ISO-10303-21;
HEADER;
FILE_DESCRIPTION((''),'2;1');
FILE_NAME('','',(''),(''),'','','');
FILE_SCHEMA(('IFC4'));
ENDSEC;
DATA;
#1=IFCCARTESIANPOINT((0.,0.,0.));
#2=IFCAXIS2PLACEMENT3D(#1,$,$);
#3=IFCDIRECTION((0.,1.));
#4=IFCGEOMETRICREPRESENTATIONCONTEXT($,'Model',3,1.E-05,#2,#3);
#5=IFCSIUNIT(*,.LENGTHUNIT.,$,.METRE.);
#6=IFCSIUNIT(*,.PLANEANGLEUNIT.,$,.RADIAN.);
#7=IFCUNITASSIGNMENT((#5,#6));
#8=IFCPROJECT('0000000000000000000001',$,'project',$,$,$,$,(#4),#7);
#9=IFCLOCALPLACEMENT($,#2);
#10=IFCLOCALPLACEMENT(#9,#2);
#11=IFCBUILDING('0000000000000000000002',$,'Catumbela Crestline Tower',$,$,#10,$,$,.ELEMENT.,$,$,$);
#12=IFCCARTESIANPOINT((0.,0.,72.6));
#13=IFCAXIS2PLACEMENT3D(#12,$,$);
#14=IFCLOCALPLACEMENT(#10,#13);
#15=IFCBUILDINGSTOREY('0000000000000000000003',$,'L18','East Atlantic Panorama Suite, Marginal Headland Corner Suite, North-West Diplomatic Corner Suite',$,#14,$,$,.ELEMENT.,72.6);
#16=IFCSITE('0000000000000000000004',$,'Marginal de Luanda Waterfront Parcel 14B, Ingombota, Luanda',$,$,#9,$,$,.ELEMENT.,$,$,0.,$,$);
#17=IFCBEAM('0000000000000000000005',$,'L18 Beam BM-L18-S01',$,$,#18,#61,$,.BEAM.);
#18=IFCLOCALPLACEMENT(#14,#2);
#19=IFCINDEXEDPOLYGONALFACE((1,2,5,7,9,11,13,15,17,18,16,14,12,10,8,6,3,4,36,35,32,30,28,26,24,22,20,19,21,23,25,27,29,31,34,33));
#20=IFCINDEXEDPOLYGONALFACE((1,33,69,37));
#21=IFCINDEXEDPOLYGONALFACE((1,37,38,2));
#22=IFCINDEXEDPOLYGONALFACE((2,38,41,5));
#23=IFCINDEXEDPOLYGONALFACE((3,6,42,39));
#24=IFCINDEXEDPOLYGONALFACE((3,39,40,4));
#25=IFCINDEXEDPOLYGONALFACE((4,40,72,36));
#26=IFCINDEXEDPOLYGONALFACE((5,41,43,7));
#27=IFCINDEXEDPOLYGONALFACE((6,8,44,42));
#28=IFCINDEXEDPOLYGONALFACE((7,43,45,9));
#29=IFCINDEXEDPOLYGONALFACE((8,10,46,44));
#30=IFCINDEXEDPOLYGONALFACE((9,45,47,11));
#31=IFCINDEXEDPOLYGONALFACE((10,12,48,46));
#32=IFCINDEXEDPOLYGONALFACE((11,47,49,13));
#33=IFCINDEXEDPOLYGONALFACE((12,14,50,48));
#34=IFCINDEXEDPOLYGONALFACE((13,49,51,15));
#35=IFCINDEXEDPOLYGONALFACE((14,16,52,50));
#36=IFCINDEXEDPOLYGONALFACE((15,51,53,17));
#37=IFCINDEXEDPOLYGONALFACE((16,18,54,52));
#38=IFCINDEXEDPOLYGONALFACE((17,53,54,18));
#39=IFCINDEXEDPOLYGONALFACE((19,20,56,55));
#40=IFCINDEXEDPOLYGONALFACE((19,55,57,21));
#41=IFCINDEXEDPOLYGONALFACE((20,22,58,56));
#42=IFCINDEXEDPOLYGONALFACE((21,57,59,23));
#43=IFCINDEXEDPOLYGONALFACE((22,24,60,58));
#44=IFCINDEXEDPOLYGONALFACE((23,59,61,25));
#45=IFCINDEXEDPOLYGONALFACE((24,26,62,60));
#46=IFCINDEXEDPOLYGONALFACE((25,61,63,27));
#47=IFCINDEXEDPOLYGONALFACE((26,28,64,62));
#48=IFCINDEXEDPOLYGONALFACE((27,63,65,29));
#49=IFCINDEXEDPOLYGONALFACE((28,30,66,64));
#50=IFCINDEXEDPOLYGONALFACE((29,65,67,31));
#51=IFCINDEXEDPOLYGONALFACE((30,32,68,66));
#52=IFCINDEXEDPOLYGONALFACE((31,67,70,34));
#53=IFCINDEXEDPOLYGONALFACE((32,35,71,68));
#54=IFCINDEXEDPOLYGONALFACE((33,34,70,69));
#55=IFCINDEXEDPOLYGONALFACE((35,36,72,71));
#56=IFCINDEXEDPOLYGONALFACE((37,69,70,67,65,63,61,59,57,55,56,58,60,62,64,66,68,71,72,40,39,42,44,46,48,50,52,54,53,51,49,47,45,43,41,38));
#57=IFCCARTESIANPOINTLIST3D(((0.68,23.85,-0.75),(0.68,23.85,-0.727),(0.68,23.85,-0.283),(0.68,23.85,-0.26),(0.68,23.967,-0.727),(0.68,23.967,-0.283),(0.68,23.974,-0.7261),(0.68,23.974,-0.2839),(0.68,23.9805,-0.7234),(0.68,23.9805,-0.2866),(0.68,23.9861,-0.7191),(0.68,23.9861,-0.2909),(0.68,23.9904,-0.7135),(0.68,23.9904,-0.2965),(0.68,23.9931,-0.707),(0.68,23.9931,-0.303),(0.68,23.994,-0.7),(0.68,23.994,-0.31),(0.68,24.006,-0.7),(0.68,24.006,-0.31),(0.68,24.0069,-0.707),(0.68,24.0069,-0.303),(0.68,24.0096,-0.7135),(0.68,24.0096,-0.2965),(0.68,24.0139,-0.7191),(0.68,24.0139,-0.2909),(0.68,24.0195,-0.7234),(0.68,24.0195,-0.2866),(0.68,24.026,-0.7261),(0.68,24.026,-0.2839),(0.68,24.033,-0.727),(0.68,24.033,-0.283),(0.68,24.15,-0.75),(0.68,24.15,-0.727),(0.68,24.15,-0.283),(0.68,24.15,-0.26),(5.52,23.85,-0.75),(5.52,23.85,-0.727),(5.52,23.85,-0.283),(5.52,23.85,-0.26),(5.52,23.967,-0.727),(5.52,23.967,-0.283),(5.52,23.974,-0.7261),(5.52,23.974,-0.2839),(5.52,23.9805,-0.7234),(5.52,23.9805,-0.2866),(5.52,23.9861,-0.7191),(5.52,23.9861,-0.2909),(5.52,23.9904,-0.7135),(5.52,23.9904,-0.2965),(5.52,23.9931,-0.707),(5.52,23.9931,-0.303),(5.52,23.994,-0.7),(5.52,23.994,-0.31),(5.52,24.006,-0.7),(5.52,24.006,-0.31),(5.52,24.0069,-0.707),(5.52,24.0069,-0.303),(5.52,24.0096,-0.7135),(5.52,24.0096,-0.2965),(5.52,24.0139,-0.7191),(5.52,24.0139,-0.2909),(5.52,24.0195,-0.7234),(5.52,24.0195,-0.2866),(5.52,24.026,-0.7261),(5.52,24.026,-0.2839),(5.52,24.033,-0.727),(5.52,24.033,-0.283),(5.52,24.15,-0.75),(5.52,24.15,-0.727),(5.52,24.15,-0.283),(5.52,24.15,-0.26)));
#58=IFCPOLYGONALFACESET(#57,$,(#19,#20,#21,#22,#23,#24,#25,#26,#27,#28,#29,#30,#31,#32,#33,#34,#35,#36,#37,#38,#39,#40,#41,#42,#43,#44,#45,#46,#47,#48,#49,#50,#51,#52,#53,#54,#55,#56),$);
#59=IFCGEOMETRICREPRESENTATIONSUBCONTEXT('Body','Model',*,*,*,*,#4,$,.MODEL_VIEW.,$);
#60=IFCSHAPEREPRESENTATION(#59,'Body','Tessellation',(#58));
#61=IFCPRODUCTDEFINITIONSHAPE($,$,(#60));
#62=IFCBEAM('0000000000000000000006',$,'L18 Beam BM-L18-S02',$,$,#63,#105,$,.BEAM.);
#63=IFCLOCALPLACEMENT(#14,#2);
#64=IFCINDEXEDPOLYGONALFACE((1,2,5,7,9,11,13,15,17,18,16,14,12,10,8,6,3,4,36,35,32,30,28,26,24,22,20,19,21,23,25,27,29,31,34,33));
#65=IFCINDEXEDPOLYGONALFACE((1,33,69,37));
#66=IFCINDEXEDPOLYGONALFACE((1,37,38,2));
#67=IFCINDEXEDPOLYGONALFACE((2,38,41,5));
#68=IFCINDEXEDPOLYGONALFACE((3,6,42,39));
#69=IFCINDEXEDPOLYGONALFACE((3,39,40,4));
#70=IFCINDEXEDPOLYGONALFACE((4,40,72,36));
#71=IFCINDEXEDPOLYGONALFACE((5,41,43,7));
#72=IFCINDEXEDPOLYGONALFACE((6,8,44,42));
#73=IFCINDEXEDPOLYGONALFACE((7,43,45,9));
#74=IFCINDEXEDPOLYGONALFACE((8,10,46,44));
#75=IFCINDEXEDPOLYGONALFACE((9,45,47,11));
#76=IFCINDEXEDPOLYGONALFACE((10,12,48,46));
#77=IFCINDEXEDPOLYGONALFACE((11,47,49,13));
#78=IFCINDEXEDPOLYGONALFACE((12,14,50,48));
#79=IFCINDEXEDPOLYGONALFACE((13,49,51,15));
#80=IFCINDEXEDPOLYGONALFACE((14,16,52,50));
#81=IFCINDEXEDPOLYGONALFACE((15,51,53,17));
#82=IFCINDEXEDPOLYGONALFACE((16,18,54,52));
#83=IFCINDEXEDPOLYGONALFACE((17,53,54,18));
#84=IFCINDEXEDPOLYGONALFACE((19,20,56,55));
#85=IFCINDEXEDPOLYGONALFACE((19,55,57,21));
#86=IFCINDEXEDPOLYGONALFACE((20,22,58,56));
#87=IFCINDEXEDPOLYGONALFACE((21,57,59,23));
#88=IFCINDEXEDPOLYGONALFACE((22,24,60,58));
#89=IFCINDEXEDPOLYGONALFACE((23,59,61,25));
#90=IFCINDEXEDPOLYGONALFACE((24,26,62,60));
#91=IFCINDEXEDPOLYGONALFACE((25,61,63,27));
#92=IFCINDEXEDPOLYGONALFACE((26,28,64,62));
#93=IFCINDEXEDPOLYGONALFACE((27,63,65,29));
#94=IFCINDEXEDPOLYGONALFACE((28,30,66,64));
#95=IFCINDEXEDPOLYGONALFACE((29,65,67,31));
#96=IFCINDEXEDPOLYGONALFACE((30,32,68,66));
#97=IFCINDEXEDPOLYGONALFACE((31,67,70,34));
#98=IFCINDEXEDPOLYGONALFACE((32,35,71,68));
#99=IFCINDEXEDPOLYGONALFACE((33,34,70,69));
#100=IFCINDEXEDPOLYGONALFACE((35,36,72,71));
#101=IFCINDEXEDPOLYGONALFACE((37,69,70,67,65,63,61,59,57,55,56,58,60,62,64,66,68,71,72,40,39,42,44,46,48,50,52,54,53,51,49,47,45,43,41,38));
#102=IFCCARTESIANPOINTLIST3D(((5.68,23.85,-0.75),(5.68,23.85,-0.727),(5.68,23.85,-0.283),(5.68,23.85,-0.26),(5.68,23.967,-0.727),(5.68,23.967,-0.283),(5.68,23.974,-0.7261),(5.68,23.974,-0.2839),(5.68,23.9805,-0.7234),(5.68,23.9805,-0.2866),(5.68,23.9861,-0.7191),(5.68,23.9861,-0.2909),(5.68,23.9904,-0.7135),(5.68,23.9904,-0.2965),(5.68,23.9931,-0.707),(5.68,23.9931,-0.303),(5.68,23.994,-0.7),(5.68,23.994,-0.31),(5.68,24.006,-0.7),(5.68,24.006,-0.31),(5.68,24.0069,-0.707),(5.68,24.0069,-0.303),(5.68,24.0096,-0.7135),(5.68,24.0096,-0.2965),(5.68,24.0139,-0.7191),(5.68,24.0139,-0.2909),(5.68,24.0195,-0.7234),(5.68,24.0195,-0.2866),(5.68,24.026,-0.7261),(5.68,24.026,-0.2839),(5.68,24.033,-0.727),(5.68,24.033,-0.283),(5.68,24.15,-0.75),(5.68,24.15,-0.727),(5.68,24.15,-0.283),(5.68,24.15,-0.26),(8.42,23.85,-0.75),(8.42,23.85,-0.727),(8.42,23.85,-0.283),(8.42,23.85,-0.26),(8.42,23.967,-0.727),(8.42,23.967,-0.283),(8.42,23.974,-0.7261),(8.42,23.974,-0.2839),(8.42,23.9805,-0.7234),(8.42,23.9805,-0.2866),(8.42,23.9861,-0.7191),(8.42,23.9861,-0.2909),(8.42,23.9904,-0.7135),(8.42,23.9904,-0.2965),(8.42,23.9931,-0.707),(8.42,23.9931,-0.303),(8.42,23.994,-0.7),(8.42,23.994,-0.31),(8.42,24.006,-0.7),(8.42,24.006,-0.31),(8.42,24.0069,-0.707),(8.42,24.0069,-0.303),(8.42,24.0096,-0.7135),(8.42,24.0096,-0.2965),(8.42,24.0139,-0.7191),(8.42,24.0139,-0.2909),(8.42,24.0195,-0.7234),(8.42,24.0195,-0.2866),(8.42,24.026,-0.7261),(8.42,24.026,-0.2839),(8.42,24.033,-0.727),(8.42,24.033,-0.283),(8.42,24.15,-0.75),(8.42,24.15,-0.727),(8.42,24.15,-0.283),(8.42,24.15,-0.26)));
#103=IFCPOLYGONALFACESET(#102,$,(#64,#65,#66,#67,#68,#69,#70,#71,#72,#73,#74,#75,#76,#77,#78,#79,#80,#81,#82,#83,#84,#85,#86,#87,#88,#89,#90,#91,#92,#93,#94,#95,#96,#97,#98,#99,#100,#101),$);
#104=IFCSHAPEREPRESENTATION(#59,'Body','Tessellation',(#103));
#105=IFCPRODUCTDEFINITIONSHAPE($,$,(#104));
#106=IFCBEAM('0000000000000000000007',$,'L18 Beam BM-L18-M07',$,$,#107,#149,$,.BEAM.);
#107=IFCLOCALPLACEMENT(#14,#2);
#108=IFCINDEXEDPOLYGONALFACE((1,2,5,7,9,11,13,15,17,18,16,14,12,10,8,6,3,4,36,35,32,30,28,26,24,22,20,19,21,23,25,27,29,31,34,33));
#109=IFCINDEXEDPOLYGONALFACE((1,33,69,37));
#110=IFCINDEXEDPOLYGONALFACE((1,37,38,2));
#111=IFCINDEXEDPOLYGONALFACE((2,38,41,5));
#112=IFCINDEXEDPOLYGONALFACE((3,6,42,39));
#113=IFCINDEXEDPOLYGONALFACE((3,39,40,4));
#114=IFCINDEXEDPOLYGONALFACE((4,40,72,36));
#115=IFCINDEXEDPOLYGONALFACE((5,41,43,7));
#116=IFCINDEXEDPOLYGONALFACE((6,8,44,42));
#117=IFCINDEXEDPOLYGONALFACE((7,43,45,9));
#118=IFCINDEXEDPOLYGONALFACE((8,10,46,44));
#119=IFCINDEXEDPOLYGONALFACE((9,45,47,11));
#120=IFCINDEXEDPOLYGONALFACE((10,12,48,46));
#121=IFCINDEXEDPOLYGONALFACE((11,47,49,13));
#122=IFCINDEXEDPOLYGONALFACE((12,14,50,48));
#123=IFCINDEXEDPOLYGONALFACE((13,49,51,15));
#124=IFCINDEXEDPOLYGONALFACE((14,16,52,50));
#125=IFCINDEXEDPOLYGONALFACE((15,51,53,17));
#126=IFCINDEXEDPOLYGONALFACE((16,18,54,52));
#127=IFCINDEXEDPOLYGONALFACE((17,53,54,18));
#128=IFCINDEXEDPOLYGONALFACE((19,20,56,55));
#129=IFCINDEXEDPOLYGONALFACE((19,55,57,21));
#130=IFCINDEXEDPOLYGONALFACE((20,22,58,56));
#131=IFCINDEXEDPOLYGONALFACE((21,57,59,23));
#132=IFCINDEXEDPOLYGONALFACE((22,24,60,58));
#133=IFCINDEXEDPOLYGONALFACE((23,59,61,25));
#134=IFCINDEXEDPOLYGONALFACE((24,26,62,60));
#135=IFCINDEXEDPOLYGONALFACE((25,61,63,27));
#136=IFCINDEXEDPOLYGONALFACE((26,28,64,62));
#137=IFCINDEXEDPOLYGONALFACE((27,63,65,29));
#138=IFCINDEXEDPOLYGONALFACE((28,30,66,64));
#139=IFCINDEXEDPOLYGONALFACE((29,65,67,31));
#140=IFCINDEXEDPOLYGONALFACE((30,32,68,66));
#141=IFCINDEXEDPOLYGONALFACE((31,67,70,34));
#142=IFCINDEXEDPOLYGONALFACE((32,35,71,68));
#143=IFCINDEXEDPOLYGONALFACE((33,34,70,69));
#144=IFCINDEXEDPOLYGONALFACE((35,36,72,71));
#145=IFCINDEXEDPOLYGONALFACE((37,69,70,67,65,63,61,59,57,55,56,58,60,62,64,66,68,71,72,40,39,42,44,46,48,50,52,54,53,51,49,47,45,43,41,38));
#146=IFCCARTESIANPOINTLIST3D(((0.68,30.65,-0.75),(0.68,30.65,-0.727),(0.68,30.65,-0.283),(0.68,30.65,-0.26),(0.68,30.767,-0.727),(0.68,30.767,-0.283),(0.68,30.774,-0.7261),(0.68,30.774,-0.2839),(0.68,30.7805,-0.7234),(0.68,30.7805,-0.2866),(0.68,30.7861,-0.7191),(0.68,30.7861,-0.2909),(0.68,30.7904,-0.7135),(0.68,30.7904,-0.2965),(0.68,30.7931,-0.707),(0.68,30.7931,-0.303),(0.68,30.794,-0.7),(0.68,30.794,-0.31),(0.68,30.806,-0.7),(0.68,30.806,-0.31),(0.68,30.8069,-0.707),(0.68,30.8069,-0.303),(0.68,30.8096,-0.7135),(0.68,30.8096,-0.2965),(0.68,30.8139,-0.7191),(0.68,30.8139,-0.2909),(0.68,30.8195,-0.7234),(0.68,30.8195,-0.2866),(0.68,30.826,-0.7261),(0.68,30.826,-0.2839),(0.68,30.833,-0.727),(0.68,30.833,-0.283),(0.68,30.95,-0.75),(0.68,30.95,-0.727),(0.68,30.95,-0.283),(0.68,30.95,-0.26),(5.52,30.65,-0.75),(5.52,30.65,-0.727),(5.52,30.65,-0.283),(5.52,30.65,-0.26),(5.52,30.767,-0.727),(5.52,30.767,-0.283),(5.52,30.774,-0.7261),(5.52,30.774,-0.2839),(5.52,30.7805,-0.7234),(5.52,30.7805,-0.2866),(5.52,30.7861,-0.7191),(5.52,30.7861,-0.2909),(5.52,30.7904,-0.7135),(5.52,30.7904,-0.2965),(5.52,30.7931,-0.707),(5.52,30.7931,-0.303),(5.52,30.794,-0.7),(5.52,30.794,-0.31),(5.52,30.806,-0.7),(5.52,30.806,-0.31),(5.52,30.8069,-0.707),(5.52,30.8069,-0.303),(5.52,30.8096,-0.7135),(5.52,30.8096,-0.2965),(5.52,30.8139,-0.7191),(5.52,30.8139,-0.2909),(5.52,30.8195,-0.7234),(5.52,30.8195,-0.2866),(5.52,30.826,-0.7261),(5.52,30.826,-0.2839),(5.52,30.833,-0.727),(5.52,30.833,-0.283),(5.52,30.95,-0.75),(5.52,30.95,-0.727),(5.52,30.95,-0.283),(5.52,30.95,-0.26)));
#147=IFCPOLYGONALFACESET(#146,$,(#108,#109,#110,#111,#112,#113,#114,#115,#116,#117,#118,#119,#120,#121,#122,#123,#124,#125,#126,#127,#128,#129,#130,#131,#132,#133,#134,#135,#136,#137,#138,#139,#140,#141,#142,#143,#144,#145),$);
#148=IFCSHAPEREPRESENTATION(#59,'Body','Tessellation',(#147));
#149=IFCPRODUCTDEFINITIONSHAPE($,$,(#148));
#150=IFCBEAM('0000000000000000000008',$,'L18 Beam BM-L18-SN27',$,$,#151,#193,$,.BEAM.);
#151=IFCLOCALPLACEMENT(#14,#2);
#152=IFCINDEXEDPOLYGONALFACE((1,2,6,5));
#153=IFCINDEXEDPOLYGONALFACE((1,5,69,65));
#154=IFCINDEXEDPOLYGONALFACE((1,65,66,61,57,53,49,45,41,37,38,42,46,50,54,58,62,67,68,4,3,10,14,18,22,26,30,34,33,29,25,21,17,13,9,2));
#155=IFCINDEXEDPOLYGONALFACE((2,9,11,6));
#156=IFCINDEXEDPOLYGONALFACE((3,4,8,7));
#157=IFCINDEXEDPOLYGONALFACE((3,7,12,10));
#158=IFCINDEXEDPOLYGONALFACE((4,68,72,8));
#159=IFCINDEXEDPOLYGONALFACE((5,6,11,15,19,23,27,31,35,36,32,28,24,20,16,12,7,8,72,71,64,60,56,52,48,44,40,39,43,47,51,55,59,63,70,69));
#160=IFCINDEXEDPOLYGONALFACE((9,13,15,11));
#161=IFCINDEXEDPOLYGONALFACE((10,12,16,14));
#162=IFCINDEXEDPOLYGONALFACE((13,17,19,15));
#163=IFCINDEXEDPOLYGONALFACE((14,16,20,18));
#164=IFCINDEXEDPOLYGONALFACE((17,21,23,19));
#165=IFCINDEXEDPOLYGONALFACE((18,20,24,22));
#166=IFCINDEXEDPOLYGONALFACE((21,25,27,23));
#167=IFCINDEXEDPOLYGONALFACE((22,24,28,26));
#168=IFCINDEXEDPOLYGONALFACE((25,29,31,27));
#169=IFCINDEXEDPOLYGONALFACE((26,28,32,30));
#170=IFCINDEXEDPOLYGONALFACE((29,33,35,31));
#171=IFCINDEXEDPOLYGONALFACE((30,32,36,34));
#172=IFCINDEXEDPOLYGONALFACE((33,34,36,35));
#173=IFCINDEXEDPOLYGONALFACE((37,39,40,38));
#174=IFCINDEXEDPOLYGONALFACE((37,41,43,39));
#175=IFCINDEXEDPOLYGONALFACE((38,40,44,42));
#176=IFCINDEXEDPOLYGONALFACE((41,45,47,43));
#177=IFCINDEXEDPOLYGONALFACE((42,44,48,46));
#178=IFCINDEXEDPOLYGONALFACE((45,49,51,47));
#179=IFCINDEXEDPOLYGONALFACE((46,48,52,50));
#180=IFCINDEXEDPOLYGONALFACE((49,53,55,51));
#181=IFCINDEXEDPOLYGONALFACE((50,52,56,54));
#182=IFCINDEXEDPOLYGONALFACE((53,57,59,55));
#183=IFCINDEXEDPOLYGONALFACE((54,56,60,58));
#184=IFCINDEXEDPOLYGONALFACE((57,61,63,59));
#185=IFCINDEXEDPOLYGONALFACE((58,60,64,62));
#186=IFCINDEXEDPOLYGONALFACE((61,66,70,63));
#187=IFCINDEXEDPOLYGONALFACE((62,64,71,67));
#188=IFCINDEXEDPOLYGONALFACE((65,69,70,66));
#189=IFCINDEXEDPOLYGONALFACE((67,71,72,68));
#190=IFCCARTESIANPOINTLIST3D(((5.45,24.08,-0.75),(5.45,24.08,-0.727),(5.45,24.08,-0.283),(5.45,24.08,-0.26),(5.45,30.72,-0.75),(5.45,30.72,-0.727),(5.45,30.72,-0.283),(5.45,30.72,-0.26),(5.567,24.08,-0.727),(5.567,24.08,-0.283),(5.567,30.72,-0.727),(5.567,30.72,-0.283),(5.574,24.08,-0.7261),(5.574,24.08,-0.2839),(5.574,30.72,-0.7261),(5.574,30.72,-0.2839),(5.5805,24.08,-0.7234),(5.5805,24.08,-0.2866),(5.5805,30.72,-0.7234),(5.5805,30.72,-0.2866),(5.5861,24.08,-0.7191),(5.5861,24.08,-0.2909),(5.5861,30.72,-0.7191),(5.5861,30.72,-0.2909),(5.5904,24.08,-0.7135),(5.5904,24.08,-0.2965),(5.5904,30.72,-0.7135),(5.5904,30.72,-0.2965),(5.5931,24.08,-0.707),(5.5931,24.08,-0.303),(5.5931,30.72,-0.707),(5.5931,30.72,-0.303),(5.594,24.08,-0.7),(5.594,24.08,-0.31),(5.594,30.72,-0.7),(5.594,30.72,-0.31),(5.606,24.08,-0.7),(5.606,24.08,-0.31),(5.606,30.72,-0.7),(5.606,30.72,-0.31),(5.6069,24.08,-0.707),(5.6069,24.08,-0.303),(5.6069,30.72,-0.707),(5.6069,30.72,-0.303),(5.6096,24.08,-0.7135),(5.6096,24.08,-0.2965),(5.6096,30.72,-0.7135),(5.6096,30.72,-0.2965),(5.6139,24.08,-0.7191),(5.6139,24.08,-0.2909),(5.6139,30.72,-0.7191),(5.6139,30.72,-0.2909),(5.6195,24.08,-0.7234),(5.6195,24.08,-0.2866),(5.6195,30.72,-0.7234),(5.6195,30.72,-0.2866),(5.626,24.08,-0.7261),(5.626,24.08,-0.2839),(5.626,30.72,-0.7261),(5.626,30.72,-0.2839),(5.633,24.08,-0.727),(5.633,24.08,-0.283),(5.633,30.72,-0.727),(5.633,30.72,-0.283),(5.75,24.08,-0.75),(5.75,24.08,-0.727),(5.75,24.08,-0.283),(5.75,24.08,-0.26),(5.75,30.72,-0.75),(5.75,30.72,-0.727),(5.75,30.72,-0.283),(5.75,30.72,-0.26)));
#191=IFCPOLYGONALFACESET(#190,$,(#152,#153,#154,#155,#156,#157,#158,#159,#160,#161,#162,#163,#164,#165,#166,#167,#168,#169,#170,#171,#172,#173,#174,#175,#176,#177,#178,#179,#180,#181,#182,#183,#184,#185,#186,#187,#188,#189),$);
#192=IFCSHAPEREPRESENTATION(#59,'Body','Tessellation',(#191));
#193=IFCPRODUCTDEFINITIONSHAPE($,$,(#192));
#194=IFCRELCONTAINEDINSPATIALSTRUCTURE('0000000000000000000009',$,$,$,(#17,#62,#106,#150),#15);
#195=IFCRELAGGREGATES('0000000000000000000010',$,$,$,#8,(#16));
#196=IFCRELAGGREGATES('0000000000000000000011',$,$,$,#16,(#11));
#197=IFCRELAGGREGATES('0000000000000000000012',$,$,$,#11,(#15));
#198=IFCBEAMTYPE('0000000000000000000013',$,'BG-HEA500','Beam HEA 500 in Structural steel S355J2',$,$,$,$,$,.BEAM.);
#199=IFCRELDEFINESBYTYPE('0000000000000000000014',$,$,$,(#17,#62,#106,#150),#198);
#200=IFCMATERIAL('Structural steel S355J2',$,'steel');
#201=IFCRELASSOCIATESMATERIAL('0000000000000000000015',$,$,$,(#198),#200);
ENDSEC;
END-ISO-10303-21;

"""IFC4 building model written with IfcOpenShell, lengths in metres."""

from ifc_helpers import new_model, si_unit, direction, frame, origin, origin_2d, place, context, subcontext, project, spatial, i_section, extrude, material, material_profile, profile_set, type_object, element, save


model = new_model("IFC4")

# Units and contexts
model_context = context("Model", 3, precision=1e-05, world=origin(), true_north=direction((0.0, 1.0)))
body_context = subcontext(model_context, "Body", "Model", "MODEL_VIEW")
ifc_project = project(units=[si_unit("LENGTHUNIT", "METRE"), si_unit("PLANEANGLEUNIT", "RADIAN")], contexts=[model_context])

# Site, building, storey
site_placement = place(None, origin())
site = spatial("IfcSite", under=ifc_project, at=site_placement, Name="Marginal de Luanda Waterfront Parcel 14B, Ingombota, Luanda", CompositionType="ELEMENT", RefElevation=0.0)
building_placement = place(site_placement, origin())
building = spatial("IfcBuilding", under=site, at=building_placement, Name="Catumbela Crestline Tower", CompositionType="ELEMENT")
storey_placement = place(building_placement, frame((0.0, 0.0, 72.6)))
storey = spatial("IfcBuildingStorey", under=building, at=storey_placement, Name="L18", Description="East Atlantic Panorama Suite, Marginal Headland Corner Suite, North-West Diplomatic Corner Suite", CompositionType="ELEMENT", Elevation=72.6)

# Beams
ifc_material_1 = material(Name="Structural steel S355J2", Category="steel")
ifc_material_profile_1 = material_profile(ifc_material_1, i_section(OverallWidth=0.3, OverallDepth=0.49, WebThickness=0.012, FlangeThickness=0.023, FilletRadius=0.027, at=origin_2d()), Name="HEA 500")
ifc_profile_set_1 = profile_set([ifc_material_profile_1], Name="Structural steel S355J2")
beam_type_1 = type_object("IfcBeamType", Name="BG-HEA500", Description="Beam HEA 500 in Structural steel S355J2", PredefinedType="BEAM", material=ifc_profile_set_1)
beam_1_placement = place(storey_placement, frame((0.68, 24.0, -0.505), z_axis=(1.0, 0.0, 0.0), x_axis=(0.0, 1.0, 0.0)))
element("IfcBeam", 1, at=beam_1_placement, inside=storey, type_object=beam_type_1, Name="L18 Beam BM-L18-S01", PredefinedType="BEAM", context=body_context, shape_type="SweptSolid", body=[
    extrude(i_section(OverallWidth=0.3, OverallDepth=0.49, WebThickness=0.012, FlangeThickness=0.023, FilletRadius=0.027, at=origin_2d()), origin(), (0.0, 0.0, 1.0), 4.84),
])
beam_2_placement = place(storey_placement, frame((5.68, 24.0, -0.505), z_axis=(1.0, 0.0, 0.0), x_axis=(0.0, 1.0, 0.0)))
element("IfcBeam", 2, at=beam_2_placement, inside=storey, type_object=beam_type_1, Name="L18 Beam BM-L18-S02", PredefinedType="BEAM", context=body_context, shape_type="SweptSolid", body=[
    extrude(i_section(OverallWidth=0.3, OverallDepth=0.49, WebThickness=0.012, FlangeThickness=0.023, FilletRadius=0.027, at=origin_2d()), origin(), (0.0, 0.0, 1.0), 2.74),
])
beam_3_placement = place(storey_placement, frame((0.68, 30.8, -0.505), z_axis=(1.0, 0.0, 0.0), x_axis=(0.0, 1.0, 0.0)))
element("IfcBeam", 3, at=beam_3_placement, inside=storey, type_object=beam_type_1, Name="L18 Beam BM-L18-M07", PredefinedType="BEAM", context=body_context, shape_type="SweptSolid", body=[
    extrude(i_section(OverallWidth=0.3, OverallDepth=0.49, WebThickness=0.012, FlangeThickness=0.023, FilletRadius=0.027, at=origin_2d()), origin(), (0.0, 0.0, 1.0), 4.84),
])
beam_4_placement = place(storey_placement, frame((5.6, 24.08, -0.505), z_axis=(0.0, 1.0, 0.0), x_axis=(-1.0, 0.0, 0.0)))
element("IfcBeam", 4, at=beam_4_placement, inside=storey, type_object=beam_type_1, Name="L18 Beam BM-L18-SN27", PredefinedType="BEAM", context=body_context, shape_type="SweptSolid", body=[
    extrude(i_section(OverallWidth=0.3, OverallDepth=0.49, WebThickness=0.012, FlangeThickness=0.023, FilletRadius=0.027, at=origin_2d()), origin(), (0.0, 0.0, 1.0), 6.64),
])

save(model, "model.ifc")
